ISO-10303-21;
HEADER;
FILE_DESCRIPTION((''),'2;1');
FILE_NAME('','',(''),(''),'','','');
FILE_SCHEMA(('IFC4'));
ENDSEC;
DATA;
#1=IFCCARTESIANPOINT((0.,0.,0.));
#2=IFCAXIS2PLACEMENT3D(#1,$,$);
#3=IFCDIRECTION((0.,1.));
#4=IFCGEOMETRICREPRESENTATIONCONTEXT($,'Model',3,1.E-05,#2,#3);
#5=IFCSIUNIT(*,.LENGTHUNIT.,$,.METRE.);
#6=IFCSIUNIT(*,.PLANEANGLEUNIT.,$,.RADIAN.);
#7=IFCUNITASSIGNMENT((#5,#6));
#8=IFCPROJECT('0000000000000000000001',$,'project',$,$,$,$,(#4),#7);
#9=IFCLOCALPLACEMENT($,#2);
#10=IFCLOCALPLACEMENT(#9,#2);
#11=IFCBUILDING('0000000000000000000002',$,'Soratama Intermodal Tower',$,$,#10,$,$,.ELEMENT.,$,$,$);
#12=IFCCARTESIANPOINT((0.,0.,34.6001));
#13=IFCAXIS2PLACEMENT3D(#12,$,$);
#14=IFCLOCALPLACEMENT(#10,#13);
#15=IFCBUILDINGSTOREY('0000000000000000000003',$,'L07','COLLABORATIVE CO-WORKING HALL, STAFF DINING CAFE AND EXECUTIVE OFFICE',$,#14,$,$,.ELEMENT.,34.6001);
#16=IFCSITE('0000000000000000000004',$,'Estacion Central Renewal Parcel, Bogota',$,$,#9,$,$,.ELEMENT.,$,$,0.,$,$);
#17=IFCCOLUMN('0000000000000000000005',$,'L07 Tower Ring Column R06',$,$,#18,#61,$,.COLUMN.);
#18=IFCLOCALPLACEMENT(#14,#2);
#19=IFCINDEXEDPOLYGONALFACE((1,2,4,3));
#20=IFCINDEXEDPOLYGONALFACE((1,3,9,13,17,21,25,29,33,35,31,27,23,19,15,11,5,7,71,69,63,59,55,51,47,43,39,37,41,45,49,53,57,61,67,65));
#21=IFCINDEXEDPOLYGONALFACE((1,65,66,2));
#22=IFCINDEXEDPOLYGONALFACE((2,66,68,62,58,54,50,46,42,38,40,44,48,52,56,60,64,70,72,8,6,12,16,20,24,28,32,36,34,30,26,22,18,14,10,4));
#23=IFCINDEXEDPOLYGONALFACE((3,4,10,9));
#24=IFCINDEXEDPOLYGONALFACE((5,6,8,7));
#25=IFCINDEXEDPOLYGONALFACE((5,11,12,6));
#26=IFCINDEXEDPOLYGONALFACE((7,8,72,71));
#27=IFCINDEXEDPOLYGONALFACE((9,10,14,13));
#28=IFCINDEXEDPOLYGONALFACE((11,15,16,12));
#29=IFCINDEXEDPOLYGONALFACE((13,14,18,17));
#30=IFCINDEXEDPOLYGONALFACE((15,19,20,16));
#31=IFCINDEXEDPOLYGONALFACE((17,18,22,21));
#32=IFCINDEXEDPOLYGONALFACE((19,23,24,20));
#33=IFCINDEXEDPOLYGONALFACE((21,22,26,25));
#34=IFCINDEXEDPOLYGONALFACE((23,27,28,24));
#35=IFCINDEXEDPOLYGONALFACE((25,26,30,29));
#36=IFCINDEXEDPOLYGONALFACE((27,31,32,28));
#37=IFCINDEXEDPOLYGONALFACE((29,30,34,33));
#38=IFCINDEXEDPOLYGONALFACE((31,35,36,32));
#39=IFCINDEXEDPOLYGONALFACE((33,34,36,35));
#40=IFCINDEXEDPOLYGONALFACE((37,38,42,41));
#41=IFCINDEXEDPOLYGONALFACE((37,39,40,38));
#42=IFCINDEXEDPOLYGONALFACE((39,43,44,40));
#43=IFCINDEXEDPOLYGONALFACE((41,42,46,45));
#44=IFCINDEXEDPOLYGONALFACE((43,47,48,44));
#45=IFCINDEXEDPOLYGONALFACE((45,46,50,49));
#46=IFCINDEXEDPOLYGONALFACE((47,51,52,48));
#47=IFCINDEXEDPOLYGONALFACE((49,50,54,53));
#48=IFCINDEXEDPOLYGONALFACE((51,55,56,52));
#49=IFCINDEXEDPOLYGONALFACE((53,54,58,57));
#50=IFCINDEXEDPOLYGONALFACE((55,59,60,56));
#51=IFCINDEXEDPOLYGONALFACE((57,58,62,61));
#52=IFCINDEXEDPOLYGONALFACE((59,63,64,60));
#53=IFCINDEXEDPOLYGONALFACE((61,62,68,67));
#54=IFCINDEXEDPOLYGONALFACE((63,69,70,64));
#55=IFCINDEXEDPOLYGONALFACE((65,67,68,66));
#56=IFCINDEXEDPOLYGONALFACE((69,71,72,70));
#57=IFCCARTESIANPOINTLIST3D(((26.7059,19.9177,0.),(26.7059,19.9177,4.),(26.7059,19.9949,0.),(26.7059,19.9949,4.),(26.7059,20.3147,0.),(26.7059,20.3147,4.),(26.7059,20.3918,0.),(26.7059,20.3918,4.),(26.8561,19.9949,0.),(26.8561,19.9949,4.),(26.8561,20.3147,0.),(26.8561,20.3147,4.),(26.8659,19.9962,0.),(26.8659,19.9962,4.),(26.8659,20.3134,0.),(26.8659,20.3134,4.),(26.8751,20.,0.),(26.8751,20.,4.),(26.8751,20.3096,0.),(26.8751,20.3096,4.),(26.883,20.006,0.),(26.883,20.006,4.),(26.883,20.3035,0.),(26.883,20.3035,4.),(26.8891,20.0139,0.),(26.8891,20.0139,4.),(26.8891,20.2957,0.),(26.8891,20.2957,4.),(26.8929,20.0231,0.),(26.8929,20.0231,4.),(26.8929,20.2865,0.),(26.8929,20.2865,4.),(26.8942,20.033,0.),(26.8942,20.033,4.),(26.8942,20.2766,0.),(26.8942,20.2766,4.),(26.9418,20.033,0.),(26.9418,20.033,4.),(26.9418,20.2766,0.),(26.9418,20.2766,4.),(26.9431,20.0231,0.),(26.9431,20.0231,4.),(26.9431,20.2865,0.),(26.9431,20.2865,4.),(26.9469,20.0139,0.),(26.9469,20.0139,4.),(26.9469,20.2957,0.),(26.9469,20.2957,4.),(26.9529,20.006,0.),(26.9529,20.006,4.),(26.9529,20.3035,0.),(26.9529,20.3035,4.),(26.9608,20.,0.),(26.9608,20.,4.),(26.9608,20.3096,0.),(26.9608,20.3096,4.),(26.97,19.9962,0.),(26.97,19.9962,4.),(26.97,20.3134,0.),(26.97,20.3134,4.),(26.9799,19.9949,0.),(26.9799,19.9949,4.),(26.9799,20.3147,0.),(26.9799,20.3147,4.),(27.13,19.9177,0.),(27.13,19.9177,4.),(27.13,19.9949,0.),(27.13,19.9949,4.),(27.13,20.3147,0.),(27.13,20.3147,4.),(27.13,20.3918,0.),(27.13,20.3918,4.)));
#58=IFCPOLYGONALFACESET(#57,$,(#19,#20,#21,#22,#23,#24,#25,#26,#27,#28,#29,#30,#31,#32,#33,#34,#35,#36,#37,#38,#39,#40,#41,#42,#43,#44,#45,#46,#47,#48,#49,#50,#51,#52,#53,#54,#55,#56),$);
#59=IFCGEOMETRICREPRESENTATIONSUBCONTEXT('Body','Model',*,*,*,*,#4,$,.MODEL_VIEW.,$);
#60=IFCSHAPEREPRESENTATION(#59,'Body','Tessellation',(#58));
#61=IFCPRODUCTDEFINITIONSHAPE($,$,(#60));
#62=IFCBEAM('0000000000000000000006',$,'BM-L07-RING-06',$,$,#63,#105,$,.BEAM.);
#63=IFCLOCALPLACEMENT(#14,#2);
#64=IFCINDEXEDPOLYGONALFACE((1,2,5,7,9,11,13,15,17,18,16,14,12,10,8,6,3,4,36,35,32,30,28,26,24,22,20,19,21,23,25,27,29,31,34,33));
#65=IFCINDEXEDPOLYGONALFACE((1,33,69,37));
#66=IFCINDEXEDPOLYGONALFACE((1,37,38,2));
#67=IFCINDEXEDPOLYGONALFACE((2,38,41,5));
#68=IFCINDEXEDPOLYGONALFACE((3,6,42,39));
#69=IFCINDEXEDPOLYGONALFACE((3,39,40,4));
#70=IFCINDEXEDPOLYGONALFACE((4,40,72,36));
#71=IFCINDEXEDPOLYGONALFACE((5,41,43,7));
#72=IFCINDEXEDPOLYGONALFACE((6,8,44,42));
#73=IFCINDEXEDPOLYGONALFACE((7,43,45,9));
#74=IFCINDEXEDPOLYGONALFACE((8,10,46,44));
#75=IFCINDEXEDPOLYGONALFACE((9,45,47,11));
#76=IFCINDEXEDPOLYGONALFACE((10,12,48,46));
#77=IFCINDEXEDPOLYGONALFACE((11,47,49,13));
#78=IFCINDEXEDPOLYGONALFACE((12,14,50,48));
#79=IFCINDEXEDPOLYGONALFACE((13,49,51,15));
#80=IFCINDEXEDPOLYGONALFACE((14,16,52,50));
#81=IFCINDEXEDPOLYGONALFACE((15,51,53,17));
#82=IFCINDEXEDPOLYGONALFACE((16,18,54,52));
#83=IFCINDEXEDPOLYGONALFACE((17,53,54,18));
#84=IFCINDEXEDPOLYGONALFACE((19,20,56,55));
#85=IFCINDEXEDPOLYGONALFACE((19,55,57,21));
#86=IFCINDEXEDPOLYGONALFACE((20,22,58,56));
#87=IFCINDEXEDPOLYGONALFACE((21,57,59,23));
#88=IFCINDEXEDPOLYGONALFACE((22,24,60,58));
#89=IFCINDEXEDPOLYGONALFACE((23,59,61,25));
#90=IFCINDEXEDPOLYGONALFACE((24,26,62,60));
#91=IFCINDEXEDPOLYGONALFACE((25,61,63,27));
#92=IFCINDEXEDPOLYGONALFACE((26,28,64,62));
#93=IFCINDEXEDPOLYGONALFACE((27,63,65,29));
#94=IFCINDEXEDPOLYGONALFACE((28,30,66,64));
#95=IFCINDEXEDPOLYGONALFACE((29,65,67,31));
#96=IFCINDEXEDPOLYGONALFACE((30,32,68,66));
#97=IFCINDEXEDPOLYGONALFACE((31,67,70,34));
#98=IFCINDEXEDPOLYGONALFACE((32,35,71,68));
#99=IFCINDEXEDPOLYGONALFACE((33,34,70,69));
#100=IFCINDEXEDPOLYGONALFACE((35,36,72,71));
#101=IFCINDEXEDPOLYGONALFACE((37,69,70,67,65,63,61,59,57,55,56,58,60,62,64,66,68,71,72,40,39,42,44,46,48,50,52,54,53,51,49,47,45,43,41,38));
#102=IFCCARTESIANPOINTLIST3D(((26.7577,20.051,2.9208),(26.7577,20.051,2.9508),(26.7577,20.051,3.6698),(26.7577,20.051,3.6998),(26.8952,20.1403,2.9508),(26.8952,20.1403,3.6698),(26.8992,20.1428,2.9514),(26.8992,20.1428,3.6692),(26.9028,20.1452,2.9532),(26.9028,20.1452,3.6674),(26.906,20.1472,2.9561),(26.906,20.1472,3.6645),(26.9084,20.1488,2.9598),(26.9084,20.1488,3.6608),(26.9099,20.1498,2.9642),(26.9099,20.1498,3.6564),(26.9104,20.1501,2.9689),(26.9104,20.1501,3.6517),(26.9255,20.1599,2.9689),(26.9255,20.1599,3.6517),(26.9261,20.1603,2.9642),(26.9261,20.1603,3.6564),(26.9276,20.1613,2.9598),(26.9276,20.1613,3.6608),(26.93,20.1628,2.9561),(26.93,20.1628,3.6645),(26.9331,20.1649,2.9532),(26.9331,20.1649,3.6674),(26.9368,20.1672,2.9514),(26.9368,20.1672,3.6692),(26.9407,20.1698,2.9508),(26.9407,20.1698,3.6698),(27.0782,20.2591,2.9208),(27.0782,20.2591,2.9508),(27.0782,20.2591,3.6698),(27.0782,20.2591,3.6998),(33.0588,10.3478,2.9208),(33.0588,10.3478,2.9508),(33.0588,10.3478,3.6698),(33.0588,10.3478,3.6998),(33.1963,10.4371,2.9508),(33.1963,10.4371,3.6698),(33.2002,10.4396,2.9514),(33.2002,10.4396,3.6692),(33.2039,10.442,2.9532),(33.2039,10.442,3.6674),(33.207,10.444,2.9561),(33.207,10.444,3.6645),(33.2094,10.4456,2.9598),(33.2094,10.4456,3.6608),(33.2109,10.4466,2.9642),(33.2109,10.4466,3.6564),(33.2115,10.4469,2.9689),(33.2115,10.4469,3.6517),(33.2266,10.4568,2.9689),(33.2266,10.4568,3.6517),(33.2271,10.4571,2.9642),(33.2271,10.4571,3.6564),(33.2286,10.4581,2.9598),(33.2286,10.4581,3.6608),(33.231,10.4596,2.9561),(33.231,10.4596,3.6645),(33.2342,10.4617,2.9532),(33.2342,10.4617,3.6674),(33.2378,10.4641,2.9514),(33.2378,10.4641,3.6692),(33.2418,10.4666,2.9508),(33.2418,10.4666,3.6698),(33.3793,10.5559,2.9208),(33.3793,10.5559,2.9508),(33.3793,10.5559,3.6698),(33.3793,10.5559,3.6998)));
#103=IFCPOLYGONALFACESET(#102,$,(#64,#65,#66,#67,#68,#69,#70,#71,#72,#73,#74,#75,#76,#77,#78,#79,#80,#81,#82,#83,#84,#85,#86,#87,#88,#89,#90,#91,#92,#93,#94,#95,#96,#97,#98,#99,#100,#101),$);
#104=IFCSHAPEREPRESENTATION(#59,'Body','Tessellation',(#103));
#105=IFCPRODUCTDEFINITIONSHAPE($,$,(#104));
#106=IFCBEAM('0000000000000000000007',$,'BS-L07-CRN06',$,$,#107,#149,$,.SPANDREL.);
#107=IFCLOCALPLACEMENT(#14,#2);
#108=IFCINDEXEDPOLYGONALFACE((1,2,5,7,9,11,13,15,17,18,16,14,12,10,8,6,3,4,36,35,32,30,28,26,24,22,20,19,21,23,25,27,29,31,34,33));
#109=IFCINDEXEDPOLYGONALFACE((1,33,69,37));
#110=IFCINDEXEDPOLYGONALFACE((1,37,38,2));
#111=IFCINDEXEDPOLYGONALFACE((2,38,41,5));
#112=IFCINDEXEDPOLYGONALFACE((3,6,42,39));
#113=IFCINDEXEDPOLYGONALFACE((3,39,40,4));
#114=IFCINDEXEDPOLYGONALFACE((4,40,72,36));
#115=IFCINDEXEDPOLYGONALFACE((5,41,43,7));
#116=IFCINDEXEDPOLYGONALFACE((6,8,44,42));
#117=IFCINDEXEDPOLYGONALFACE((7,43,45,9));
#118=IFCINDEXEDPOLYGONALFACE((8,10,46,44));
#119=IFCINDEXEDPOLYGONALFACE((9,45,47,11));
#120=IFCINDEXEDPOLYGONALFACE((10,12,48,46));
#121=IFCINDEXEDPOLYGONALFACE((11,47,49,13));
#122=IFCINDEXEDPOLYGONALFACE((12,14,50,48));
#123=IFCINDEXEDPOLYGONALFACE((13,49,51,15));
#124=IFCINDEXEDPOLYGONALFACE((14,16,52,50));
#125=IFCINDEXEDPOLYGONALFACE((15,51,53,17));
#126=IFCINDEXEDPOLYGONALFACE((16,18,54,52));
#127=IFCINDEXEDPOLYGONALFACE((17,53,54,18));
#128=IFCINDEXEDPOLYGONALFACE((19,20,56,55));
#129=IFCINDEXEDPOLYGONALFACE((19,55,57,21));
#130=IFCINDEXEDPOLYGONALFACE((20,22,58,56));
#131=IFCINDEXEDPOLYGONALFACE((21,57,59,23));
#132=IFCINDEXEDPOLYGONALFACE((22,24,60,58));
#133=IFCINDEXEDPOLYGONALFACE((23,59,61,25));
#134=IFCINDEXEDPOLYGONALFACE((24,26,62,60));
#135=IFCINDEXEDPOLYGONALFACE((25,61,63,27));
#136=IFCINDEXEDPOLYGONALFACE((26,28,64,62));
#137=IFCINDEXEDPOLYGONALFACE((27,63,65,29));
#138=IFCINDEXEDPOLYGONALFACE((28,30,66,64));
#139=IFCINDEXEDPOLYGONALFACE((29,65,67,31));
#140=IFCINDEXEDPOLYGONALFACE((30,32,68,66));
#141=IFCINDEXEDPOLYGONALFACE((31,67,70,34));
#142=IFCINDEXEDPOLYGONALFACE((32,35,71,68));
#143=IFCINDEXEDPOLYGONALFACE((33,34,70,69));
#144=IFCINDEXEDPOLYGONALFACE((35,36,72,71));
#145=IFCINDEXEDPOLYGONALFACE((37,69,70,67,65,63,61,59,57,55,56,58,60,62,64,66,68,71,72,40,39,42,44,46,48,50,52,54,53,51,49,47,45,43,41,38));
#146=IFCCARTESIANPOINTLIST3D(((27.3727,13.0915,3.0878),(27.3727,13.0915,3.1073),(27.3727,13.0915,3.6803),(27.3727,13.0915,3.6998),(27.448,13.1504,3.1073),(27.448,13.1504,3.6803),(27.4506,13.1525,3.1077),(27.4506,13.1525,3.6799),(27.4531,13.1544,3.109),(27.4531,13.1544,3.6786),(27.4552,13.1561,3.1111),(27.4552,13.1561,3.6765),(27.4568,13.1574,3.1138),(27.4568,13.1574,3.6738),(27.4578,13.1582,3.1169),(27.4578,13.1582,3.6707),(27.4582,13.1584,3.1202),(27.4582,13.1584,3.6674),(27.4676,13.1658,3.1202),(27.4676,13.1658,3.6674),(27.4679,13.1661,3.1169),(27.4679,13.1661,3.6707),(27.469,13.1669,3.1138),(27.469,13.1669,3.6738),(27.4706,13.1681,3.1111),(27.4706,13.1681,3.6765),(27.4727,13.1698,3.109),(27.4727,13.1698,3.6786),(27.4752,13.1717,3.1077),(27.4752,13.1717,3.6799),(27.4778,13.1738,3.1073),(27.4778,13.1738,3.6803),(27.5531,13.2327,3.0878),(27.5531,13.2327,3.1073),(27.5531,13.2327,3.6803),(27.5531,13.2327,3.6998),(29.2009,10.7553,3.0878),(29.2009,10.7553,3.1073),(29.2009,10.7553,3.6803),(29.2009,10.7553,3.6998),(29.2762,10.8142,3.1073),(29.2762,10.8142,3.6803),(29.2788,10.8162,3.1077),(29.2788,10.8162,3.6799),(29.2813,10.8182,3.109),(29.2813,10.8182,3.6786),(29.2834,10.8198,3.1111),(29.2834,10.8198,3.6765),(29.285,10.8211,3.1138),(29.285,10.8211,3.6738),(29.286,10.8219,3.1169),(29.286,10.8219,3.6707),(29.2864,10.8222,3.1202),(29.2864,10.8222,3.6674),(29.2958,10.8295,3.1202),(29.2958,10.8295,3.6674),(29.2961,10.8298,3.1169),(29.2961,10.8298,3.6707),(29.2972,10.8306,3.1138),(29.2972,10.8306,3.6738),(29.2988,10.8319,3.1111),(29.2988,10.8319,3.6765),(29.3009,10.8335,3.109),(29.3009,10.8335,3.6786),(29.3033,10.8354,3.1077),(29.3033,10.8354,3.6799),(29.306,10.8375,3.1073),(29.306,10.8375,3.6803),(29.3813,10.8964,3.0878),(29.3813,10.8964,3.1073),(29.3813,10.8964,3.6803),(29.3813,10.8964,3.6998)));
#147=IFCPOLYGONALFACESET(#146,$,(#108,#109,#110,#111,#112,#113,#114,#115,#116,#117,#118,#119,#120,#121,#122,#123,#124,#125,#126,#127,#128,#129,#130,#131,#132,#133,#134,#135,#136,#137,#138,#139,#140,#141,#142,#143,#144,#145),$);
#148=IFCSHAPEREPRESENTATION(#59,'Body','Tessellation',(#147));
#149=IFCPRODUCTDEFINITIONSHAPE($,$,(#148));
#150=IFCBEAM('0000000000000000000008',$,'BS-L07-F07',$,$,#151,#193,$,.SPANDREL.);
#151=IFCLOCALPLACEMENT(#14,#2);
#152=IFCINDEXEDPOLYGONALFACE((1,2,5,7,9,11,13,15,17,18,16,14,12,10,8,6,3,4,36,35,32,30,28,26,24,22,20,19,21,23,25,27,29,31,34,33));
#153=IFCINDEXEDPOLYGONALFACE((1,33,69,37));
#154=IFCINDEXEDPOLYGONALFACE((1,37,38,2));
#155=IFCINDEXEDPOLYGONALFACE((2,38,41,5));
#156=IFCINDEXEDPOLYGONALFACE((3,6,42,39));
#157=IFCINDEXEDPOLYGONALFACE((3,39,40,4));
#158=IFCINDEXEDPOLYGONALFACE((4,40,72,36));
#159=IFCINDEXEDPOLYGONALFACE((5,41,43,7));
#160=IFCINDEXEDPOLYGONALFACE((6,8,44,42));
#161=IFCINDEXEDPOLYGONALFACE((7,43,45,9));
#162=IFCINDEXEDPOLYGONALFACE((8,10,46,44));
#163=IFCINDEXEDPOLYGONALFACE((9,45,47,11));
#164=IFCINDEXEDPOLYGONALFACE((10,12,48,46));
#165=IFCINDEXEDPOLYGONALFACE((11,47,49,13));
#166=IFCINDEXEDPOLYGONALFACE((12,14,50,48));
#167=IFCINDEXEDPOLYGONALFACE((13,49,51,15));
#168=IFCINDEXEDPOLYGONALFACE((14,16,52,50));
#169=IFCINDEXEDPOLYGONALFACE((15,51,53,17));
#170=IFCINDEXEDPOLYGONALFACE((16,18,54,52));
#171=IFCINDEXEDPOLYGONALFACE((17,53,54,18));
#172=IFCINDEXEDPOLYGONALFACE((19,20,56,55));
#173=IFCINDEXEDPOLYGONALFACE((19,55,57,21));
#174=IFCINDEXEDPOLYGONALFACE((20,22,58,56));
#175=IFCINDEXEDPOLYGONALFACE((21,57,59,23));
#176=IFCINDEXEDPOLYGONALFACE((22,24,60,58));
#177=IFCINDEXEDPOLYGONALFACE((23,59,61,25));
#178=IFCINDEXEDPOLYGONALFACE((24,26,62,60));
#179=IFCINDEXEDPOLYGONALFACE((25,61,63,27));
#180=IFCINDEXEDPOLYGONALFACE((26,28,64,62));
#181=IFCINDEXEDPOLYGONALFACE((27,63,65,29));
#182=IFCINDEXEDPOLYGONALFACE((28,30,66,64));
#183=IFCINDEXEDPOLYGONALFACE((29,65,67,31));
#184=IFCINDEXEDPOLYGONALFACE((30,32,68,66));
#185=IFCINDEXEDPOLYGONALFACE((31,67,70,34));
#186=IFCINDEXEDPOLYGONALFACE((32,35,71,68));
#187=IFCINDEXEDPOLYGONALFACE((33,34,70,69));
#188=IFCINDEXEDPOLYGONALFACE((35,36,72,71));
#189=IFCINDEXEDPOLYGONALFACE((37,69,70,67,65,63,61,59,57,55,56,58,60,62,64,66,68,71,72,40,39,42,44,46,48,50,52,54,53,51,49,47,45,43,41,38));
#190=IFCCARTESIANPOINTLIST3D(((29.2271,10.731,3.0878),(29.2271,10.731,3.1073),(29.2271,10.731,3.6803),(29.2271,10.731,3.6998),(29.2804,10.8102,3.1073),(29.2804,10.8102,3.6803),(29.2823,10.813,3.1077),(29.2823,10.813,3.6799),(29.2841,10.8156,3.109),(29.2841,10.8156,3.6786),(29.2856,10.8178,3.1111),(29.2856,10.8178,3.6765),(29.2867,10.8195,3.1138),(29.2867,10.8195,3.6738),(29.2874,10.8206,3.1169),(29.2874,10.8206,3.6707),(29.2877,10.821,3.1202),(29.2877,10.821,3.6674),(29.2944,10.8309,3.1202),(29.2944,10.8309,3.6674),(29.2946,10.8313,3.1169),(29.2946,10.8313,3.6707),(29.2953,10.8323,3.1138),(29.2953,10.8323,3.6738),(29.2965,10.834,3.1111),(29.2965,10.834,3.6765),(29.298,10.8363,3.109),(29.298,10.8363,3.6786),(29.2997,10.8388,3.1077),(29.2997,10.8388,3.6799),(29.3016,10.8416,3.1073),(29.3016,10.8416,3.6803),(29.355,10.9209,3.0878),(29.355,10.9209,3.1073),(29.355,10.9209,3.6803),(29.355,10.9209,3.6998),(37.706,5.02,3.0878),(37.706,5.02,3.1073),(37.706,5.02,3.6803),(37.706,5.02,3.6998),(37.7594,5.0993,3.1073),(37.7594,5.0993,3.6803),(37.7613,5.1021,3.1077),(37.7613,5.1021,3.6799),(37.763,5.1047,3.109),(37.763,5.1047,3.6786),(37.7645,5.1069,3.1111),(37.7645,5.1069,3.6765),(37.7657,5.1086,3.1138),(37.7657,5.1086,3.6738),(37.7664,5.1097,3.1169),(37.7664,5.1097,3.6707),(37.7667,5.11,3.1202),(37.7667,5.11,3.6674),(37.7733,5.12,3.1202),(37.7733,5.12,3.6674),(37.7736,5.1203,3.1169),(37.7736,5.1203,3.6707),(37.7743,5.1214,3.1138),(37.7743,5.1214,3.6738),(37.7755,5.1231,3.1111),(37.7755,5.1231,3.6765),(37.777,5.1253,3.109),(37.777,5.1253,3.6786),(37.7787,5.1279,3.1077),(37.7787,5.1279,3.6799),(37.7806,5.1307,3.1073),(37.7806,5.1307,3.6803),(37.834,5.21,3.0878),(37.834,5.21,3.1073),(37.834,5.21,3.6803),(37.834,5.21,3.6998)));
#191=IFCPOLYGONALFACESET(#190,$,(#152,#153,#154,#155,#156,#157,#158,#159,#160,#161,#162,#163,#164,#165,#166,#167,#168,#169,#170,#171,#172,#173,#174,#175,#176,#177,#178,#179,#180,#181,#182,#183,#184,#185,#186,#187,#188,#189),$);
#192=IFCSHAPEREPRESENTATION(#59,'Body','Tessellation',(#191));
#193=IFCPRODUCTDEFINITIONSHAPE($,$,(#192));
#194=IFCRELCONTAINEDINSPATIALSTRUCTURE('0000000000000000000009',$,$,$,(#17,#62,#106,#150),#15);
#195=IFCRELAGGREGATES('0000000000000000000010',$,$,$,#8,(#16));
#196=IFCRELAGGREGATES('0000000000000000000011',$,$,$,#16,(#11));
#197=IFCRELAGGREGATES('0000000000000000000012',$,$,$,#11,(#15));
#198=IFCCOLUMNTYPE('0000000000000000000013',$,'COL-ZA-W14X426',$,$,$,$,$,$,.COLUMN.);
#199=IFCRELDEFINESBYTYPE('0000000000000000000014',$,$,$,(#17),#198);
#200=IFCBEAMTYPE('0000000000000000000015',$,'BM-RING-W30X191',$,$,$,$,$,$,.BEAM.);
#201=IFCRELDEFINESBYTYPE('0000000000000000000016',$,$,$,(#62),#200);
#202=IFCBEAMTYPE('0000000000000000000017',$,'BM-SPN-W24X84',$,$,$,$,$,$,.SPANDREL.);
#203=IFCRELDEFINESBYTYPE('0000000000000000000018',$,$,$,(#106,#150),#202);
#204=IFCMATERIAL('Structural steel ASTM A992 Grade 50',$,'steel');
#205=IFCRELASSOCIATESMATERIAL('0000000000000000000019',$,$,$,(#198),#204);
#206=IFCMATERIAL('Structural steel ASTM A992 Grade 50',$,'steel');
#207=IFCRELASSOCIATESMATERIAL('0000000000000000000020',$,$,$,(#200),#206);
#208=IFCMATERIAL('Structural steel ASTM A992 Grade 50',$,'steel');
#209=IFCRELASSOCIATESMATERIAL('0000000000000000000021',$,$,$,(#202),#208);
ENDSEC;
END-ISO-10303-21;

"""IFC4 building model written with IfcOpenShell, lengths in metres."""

from ifc_helpers import new_model, si_unit, direction, frame, origin, origin_2d, place, context, subcontext, project, spatial, i_section, extrude, material, material_profile, profile_set, type_object, element, save


model = new_model("IFC4")

# Units and contexts
model_context = context("Model", 3, precision=1e-05, world=origin(), true_north=direction((0.0, 1.0)))
body_context = subcontext(model_context, "Body", "Model", "MODEL_VIEW")
ifc_project = project(units=[si_unit("LENGTHUNIT", "METRE"), si_unit("PLANEANGLEUNIT", "RADIAN")], contexts=[model_context])

# Site, building, storey
site_placement = place(None, origin())
site = spatial("IfcSite", under=ifc_project, at=site_placement, Name="Estacion Central Renewal Parcel, Bogota", CompositionType="ELEMENT", RefElevation=0.0)
building_placement = place(site_placement, origin())
building = spatial("IfcBuilding", under=site, at=building_placement, Name="Soratama Intermodal Tower", CompositionType="ELEMENT")
storey_placement = place(building_placement, frame((0.0, 0.0, 34.6001)))
storey = spatial("IfcBuildingStorey", under=building, at=storey_placement, Name="L07", Description="COLLABORATIVE CO-WORKING HALL, STAFF DINING CAFE AND EXECUTIVE OFFICE", CompositionType="ELEMENT", Elevation=34.6001)

# Column
ifc_material_1 = material(Name="Structural steel ASTM A992 Grade 50", Category="steel")
ifc_material_profile_1 = material_profile(ifc_material_1, i_section(OverallWidth=0.4241, OverallDepth=0.4741, WebThickness=0.0476, FlangeThickness=0.0771, FilletRadius=0.0381, at=origin_2d()), Name="W14X426")
ifc_profile_set_1 = profile_set([ifc_material_profile_1], Name="Structural steel ASTM A992 Grade 50")
column_type = type_object("IfcColumnType", Name="COL-ZA-W14X426", PredefinedType="COLUMN", material=ifc_profile_set_1)
column_placement = place(storey_placement, frame((26.918, 20.1548, 0.0), z_axis=(0.0, 0.0, 1.0), x_axis=(1.0, 0.0, 0.0)))
element("IfcColumn", 1, at=column_placement, inside=storey, type_object=column_type, Name="L07 Tower Ring Column R06", PredefinedType="COLUMN", context=body_context, shape_type="SweptSolid", body=[
    extrude(i_section(OverallWidth=0.4241, OverallDepth=0.4741, WebThickness=0.0476, FlangeThickness=0.0771, FilletRadius=0.0381, at=origin_2d()), origin(), (0.0, 0.0, 1.0), 4.0),
])

# Beams
ifc_material_2 = material(Name="Structural steel ASTM A992 Grade 50", Category="steel")
ifc_material_profile_2 = material_profile(ifc_material_2, i_section(OverallWidth=0.3821, OverallDepth=0.7791, WebThickness=0.0181, FlangeThickness=0.03, FilletRadius=0.0181, at=origin_2d()), Name="W30X191")
ifc_profile_set_2 = profile_set([ifc_material_profile_2], Name="Structural steel ASTM A992 Grade 50")
beam_type_1 = type_object("IfcBeamType", Name="BM-RING-W30X191", PredefinedType="BEAM", material=ifc_profile_set_2)
beam_1_placement = place(storey_placement, frame((26.918, 20.155, 3.3103), z_axis=(0.544623, -0.838681, 0.0), x_axis=(0.838681, 0.544623, 0.0)))
element("IfcBeam", 2, at=beam_1_placement, inside=storey, type_object=beam_type_1, Name="BM-L07-RING-06", PredefinedType="BEAM", context=body_context, shape_type="SweptSolid", body=[
    extrude(i_section(OverallWidth=0.3821, OverallDepth=0.7791, WebThickness=0.0181, FlangeThickness=0.03, FilletRadius=0.0181, at=origin_2d()), origin(), (0.0, 0.0, 1.0), 11.5696),
])
ifc_material_3 = material(Name="Structural steel ASTM A992 Grade 50", Category="steel")
ifc_material_profile_3 = material_profile(ifc_material_3, i_section(OverallWidth=0.229, OverallDepth=0.6121, WebThickness=0.012, FlangeThickness=0.0195, FilletRadius=0.0129, at=origin_2d()), Name="W24X84")
ifc_profile_set_3 = profile_set([ifc_material_profile_3], Name="Structural steel ASTM A992 Grade 50")
beam_type_2 = type_object("IfcBeamType", Name="BM-SPN-W24X84", PredefinedType="SPANDREL", material=ifc_profile_set_3)
beam_2_placement = place(storey_placement, frame((27.4629, 13.1621, 3.3938), z_axis=(0.616268, -0.787536, 0.0), x_axis=(0.787536, 0.616268, 0.0)))
element("IfcBeam", 3, at=beam_2_placement, inside=storey, type_object=beam_type_2, Name="BS-L07-CRN06", PredefinedType="SPANDREL", context=body_context, shape_type="SweptSolid", body=[
    extrude(i_section(OverallWidth=0.229, OverallDepth=0.6121, WebThickness=0.012, FlangeThickness=0.0195, FilletRadius=0.0129, at=origin_2d()), origin(), (0.0, 0.0, 1.0), 2.9666),
])
beam_3_placement = place(storey_placement, frame((29.291, 10.8259, 3.3938), z_axis=(0.82941, -0.55864, 0.0), x_axis=(0.55864, 0.82941, 0.0)))
element("IfcBeam", 4, at=beam_3_placement, inside=storey, type_object=beam_type_2, Name="BS-L07-F07", PredefinedType="SPANDREL", context=body_context, shape_type="SweptSolid", body=[
    extrude(i_section(OverallWidth=0.229, OverallDepth=0.6121, WebThickness=0.012, FlangeThickness=0.0195, FilletRadius=0.0129, at=origin_2d()), origin(), (0.0, 0.0, 1.0), 10.2229),
])

save(model, "model.ifc")
